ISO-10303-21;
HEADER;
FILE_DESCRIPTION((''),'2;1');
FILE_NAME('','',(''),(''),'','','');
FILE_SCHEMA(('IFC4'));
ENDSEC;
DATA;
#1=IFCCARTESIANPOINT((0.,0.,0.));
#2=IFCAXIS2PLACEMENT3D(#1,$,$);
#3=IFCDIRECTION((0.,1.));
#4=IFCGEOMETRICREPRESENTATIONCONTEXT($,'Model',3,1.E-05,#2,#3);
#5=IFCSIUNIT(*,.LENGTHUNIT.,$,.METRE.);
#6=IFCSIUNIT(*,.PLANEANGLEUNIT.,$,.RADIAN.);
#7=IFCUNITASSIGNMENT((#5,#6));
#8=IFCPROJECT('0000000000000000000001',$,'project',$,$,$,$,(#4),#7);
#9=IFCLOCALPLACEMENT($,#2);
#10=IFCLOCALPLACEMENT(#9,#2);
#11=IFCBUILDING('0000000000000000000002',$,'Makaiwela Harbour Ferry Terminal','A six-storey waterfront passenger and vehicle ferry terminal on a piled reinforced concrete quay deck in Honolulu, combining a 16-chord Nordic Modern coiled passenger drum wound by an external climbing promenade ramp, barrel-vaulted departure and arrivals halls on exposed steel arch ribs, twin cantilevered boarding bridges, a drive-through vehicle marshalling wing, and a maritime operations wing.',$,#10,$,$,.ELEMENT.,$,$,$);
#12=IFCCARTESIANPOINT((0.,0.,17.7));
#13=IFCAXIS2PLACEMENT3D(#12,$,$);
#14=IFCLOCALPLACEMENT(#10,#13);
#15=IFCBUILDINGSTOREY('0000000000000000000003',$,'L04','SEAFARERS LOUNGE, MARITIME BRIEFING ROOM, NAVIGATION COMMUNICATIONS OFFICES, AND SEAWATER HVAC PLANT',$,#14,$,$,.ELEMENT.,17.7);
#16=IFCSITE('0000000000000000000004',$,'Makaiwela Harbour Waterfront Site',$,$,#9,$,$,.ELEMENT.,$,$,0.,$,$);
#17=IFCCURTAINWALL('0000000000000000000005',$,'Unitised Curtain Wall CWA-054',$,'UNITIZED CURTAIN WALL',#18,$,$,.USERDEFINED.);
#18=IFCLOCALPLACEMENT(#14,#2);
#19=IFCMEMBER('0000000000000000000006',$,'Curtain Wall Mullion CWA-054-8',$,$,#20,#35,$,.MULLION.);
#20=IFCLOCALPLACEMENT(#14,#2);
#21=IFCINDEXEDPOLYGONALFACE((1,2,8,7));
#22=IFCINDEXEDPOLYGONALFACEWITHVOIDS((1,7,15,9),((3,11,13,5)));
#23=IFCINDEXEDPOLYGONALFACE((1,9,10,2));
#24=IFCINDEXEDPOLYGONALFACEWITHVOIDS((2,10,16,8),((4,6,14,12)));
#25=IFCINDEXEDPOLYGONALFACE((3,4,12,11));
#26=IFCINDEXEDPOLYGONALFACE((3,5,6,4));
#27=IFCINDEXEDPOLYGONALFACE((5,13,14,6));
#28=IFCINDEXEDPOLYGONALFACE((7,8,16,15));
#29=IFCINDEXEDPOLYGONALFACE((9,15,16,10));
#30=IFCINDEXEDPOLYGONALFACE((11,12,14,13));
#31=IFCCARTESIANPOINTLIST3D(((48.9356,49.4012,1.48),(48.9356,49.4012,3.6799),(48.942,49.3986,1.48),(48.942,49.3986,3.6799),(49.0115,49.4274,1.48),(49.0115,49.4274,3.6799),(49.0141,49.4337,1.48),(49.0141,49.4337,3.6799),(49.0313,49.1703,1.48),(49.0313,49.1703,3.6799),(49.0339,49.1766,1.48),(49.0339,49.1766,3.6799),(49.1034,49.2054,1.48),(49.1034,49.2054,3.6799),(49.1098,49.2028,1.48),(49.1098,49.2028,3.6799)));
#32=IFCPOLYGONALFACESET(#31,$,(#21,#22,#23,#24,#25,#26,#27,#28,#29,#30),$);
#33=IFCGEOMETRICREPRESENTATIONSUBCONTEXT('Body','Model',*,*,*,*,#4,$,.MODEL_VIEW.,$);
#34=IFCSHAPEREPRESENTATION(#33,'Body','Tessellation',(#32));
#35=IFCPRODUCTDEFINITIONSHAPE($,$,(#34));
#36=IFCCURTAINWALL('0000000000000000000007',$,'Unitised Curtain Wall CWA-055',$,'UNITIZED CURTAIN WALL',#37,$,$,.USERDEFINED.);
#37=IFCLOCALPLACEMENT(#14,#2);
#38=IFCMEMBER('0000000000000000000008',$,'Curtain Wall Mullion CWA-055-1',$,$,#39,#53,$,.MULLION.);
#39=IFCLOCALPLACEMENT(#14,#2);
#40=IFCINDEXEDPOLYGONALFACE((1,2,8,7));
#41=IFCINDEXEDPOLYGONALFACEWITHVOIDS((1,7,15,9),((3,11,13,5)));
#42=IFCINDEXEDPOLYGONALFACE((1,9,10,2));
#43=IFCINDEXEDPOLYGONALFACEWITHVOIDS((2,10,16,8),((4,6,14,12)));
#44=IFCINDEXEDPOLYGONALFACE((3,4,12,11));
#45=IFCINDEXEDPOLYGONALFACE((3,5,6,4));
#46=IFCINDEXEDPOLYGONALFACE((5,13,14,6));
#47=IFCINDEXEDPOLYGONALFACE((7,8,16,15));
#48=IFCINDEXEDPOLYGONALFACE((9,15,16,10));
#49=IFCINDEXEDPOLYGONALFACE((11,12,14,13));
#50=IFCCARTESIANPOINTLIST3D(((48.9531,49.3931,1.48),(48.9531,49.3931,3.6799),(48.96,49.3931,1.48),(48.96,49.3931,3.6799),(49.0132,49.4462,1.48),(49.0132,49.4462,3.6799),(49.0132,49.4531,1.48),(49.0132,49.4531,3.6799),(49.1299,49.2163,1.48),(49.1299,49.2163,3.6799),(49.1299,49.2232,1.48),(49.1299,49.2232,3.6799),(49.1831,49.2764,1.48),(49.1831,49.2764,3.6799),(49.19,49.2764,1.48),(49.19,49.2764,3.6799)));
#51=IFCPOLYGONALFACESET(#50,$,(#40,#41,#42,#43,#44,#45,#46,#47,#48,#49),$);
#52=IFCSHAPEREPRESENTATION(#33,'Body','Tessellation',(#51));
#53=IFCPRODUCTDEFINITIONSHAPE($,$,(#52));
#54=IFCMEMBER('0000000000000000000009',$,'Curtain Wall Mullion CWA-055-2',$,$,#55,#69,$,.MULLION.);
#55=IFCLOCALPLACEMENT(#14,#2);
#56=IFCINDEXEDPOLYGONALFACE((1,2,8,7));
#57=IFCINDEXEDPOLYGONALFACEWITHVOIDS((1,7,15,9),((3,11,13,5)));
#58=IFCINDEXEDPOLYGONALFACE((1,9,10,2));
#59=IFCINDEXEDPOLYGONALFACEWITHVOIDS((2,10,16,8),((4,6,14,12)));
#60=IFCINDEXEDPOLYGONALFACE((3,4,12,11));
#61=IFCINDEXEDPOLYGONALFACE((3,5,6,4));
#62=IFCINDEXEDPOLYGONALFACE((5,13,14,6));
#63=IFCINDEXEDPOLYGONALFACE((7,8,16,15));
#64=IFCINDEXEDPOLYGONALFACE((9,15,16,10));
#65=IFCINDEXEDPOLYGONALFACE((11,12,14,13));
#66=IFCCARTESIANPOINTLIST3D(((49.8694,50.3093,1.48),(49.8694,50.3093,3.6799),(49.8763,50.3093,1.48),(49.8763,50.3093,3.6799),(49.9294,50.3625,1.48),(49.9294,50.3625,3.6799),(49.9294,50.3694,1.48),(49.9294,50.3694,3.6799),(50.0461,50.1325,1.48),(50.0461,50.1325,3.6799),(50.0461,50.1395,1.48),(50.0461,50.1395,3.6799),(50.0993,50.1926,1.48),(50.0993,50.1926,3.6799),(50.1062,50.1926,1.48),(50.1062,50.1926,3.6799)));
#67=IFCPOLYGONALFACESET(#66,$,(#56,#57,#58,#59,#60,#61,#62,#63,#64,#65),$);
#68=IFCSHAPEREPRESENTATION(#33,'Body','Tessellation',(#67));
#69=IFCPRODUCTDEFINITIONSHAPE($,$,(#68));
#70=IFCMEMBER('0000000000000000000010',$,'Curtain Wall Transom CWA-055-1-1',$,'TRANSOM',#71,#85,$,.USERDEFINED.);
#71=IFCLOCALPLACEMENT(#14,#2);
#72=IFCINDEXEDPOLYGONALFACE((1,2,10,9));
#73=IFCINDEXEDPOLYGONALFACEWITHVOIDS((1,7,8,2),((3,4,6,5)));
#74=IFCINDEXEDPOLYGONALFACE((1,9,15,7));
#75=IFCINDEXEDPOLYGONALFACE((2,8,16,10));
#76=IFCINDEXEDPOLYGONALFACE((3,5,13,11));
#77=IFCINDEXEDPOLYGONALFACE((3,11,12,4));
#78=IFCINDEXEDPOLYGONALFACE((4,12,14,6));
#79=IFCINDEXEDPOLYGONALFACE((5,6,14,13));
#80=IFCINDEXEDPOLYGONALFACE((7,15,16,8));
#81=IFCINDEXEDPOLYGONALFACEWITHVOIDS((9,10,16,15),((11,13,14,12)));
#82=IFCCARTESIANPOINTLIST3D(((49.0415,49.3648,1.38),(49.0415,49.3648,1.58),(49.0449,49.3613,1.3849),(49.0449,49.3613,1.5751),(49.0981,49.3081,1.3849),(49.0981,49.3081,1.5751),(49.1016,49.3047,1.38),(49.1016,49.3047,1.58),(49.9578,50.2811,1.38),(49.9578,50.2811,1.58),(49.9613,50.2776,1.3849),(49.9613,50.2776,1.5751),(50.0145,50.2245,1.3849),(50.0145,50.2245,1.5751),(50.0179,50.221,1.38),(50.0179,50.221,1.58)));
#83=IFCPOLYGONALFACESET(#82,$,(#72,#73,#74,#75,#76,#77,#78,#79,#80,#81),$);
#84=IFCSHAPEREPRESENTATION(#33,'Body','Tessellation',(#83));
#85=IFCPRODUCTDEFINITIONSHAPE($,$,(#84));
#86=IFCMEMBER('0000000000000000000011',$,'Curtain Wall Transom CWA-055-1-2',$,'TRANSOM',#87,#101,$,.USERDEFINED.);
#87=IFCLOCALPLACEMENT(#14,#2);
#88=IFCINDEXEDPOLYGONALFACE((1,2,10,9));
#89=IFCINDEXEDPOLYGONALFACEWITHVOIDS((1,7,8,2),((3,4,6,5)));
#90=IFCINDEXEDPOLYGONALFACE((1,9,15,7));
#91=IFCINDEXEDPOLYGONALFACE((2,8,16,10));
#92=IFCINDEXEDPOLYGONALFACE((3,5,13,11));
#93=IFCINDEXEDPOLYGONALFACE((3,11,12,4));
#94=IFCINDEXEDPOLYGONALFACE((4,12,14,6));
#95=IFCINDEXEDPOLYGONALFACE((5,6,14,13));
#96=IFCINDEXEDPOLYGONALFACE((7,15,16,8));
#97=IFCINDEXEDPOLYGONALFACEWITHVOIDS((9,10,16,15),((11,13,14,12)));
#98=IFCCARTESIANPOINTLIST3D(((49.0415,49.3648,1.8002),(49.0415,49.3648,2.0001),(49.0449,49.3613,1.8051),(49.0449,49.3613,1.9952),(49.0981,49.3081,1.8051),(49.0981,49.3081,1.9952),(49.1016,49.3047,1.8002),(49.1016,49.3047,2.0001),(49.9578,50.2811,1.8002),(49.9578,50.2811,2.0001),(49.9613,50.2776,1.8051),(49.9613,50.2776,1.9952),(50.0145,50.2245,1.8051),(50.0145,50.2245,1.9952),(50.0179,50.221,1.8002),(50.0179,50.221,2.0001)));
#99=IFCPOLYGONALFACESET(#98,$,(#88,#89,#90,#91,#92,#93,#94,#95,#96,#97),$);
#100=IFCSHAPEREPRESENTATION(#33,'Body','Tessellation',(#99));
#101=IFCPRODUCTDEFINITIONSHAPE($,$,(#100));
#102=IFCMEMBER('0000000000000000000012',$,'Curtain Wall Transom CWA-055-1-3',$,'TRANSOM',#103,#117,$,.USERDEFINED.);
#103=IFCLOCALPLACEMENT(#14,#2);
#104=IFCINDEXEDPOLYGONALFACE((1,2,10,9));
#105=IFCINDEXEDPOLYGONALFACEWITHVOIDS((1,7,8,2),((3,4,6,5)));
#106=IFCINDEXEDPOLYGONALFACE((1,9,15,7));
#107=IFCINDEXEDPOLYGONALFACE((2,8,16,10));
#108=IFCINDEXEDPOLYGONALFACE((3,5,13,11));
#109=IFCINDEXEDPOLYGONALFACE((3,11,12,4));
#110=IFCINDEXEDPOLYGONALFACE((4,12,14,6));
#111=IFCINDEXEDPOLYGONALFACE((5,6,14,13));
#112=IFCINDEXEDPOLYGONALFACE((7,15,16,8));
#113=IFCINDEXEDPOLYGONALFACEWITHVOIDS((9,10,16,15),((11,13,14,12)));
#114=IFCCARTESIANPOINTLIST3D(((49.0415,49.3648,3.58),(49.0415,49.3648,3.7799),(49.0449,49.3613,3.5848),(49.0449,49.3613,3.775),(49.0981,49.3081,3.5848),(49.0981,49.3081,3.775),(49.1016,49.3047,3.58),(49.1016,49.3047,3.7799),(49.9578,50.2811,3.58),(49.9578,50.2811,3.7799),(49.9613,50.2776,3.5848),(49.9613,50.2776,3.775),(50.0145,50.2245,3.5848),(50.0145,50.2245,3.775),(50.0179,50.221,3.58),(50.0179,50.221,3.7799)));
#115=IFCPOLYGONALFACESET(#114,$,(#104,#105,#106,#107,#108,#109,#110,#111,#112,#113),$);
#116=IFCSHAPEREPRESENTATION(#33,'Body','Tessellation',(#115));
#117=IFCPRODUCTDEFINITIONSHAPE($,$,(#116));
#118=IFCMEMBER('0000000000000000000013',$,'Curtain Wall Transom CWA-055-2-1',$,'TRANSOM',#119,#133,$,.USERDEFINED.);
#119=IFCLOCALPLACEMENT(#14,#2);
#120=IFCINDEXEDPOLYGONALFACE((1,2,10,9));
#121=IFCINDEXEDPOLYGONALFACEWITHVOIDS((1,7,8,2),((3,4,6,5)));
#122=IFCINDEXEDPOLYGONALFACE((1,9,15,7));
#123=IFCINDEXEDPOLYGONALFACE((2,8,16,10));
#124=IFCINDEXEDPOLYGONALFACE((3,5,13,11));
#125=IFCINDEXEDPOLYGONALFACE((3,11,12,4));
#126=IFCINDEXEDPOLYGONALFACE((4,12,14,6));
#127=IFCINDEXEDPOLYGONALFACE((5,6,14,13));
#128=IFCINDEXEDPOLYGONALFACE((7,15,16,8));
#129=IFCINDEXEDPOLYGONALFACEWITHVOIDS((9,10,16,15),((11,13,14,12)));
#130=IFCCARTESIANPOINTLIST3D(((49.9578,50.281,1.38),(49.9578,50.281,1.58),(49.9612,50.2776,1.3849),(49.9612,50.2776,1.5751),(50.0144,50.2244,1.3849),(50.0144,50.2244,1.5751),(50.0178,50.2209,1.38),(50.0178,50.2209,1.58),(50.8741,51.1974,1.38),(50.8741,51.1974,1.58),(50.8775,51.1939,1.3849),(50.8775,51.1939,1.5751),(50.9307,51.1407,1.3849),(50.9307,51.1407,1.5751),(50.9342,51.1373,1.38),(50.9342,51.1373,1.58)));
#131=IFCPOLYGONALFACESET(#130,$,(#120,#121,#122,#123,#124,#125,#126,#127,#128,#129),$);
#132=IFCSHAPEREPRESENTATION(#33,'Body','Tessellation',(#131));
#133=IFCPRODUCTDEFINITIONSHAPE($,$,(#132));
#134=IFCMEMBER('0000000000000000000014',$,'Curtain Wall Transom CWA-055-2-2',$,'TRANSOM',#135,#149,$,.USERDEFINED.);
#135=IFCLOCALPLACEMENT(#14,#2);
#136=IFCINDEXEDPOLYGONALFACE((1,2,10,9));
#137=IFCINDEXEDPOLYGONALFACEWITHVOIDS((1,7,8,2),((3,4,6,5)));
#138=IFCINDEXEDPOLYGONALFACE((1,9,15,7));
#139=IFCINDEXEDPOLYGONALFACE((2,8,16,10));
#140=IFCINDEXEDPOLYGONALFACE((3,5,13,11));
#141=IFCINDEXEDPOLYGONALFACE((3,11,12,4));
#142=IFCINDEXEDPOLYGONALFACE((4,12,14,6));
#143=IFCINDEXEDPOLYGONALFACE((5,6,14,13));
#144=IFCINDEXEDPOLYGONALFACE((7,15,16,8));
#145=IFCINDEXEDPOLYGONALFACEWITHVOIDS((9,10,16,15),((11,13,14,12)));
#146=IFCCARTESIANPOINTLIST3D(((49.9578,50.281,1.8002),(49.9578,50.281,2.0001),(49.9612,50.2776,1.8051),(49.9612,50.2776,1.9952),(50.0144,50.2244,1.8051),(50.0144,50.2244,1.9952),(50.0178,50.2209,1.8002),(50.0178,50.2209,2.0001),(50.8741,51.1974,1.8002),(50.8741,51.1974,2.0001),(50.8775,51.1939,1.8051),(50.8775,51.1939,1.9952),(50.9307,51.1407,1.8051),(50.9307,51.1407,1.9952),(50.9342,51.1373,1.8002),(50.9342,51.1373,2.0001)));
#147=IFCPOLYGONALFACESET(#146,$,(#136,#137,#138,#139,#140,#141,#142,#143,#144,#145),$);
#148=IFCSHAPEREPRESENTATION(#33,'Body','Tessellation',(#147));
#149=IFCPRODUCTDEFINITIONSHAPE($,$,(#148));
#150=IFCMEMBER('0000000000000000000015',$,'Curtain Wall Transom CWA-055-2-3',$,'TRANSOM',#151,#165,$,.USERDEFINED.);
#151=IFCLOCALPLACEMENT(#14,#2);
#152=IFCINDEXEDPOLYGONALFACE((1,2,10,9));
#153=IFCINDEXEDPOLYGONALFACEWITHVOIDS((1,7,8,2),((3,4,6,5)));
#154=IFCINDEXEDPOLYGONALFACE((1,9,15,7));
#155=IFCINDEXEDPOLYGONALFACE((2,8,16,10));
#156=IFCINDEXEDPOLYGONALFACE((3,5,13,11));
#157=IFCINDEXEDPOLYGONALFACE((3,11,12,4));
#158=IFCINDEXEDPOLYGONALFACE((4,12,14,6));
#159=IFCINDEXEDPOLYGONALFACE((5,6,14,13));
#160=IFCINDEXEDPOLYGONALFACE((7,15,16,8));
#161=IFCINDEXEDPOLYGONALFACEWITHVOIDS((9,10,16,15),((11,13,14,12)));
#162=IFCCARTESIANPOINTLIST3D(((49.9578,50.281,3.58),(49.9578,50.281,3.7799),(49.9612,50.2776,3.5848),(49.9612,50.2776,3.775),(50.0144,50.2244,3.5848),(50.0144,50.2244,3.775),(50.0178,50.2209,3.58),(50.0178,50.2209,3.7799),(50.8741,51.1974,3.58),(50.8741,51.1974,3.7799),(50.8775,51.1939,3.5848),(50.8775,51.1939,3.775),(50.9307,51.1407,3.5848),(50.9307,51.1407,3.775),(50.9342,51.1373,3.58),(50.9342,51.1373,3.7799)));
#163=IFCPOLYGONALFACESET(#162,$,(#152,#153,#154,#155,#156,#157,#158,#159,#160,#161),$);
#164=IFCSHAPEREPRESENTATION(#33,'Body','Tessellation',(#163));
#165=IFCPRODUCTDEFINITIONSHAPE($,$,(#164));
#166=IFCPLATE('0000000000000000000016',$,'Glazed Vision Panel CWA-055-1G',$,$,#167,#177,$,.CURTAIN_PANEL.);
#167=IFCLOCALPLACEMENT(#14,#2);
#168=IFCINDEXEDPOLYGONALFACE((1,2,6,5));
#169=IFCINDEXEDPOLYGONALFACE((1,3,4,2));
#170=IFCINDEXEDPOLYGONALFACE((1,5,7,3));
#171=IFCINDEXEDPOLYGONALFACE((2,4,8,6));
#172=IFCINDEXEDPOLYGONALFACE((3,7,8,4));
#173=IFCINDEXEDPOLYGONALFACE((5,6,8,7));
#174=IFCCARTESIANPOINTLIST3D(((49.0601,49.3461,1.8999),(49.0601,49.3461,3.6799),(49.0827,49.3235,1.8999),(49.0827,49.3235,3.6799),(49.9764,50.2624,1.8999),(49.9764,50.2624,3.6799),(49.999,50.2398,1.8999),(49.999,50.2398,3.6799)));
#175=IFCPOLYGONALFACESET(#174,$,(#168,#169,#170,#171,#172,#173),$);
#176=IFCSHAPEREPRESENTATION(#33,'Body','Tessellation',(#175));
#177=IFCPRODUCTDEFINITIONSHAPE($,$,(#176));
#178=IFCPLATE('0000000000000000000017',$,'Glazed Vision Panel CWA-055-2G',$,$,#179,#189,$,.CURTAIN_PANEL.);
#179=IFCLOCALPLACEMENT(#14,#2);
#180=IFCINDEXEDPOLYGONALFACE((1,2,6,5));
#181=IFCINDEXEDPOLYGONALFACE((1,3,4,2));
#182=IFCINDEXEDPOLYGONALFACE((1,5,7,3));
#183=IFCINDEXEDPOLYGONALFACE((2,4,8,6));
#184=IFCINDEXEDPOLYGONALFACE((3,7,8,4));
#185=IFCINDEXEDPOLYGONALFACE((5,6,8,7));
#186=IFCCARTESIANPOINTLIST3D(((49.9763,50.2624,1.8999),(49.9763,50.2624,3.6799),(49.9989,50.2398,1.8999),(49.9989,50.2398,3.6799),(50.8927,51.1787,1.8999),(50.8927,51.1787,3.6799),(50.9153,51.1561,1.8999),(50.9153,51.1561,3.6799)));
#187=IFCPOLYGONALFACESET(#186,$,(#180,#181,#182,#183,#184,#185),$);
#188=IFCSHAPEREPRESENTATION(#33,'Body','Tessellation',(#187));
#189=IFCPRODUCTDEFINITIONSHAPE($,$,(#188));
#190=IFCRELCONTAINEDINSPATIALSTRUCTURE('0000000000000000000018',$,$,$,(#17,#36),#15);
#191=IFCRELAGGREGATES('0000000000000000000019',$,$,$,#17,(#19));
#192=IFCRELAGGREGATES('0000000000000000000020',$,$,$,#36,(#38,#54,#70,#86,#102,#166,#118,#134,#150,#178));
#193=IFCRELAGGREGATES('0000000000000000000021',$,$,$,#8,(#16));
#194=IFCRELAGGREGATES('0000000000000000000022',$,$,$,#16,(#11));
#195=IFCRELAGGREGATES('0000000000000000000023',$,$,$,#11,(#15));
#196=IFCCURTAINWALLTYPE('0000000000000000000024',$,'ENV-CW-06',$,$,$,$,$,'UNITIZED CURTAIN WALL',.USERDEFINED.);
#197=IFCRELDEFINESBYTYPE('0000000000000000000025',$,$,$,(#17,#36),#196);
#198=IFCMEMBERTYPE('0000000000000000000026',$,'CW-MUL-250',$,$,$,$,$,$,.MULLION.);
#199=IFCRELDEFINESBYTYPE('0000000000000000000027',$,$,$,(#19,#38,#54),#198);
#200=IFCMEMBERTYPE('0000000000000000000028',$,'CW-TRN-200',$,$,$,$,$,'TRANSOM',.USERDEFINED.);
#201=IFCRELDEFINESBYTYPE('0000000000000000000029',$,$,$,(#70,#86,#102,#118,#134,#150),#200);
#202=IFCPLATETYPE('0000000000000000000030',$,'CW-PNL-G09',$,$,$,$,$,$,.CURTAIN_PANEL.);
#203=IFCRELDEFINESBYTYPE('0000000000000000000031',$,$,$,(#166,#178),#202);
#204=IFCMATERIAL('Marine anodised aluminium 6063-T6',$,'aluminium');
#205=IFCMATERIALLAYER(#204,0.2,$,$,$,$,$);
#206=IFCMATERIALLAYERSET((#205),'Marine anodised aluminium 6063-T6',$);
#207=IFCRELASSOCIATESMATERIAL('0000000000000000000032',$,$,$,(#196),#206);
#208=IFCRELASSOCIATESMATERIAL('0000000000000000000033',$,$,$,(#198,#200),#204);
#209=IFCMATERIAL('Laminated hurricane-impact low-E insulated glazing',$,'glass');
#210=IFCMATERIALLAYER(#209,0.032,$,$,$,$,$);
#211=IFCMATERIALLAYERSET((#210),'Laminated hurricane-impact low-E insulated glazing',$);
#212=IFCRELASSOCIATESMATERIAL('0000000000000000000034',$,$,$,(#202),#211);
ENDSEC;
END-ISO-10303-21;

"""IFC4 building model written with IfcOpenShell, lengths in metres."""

from ifc_helpers import new_model, si_unit, direction, frame, origin, origin_2d, place, context, subcontext, project, spatial, rectangle, hollow_rectangle, extrude, material, layer, layer_set, material_profile, profile_set, type_object, element, aggregate, save


model = new_model("IFC4")

# Units and contexts
model_context = context("Model", 3, precision=1e-05, world=origin(), true_north=direction((0.0, 1.0)))
body_context = subcontext(model_context, "Body", "Model", "MODEL_VIEW")
ifc_project = project(units=[si_unit("LENGTHUNIT", "METRE"), si_unit("PLANEANGLEUNIT", "RADIAN")], contexts=[model_context])

# Site, building, storey
site_placement = place(None, origin())
site = spatial("IfcSite", under=ifc_project, at=site_placement, Name="Makaiwela Harbour Waterfront Site", CompositionType="ELEMENT", RefElevation=0.0)
building_placement = place(site_placement, origin())
building = spatial("IfcBuilding", under=site, at=building_placement, Name="Makaiwela Harbour Ferry Terminal", Description="A six-storey waterfront passenger and vehicle ferry terminal on a piled reinforced concrete quay deck in Honolulu, combining a 16-chord Nordic Modern coiled passenger drum wound by an external climbing promenade ramp, barrel-vaulted departure and arrivals halls on exposed steel arch ribs, twin cantilevered boarding bridges, a drive-through vehicle marshalling wing, and a maritime operations wing.", CompositionType="ELEMENT")
storey_placement = place(building_placement, frame((0.0, 0.0, 17.7)))
storey = spatial("IfcBuildingStorey", under=building, at=storey_placement, Name="L04", Description="SEAFARERS LOUNGE, MARITIME BRIEFING ROOM, NAVIGATION COMMUNICATIONS OFFICES, AND SEAWATER HVAC PLANT", CompositionType="ELEMENT", Elevation=17.7)

# Curtain wall, member
ifc_material_1 = material(Name="Marine anodised aluminium 6063-T6", Category="aluminium")
ifc_layer_1 = layer(ifc_material_1, 0.2)
ifc_layer_set_1 = layer_set([ifc_layer_1], Name="Marine anodised aluminium 6063-T6")
curtain_wall_type = type_object("IfcCurtainWallType", Name="ENV-CW-06", ElementType="UNITIZED CURTAIN WALL", PredefinedType="USERDEFINED", material=ifc_layer_set_1)
curtain_wall_1_placement = place(storey_placement, origin())
curtain_wall_1 = element("IfcCurtainWall", 1, at=curtain_wall_1_placement, inside=storey, type_object=curtain_wall_type, Name="Unitised Curtain Wall CWA-054", ObjectType="UNITIZED CURTAIN WALL", PredefinedType="USERDEFINED")
ifc_material_profile_1 = material_profile(ifc_material_1, hollow_rectangle(XDim=0.085, YDim=0.25, WallThickness=0.0049, at=origin_2d()), Name="CWM-250X85")
ifc_profile_set_1 = profile_set([ifc_material_profile_1], Name="Marine anodised aluminium 6063-T6")
member_type_1 = type_object("IfcMemberType", Name="CW-MUL-250", PredefinedType="MULLION", material=ifc_profile_set_1)
member_1_placement = place(storey_placement, frame((49.0227, 49.302, 1.48), z_axis=(0.0, 0.0, 1.0), x_axis=(0.92388, 0.382683, 0.0)))
member_1 = element("IfcMember", 2, at=member_1_placement, type_object=member_type_1, Name="Curtain Wall Mullion CWA-054-8", PredefinedType="MULLION", context=body_context, shape_type="SweptSolid", body=[
    extrude(hollow_rectangle(XDim=0.085, YDim=0.25, WallThickness=0.0049, at=origin_2d()), origin(), (0.0, 0.0, 1.0), 2.2),
])
aggregate(curtain_wall_1, [member_1])

# Curtain wall, members, plates
curtain_wall_2_placement = place(storey_placement, origin())
curtain_wall_2 = element("IfcCurtainWall", 3, at=curtain_wall_2_placement, inside=storey, type_object=curtain_wall_type, Name="Unitised Curtain Wall CWA-055", ObjectType="UNITIZED CURTAIN WALL", PredefinedType="USERDEFINED")
member_2_placement = place(storey_placement, frame((49.0715, 49.3347, 1.48), z_axis=(0.0, 0.0, 1.0), x_axis=(0.707107, 0.707107, 0.0)))
member_2 = element("IfcMember", 4, at=member_2_placement, type_object=member_type_1, Name="Curtain Wall Mullion CWA-055-1", PredefinedType="MULLION", context=body_context, shape_type="SweptSolid", body=[
    extrude(hollow_rectangle(XDim=0.085, YDim=0.25, WallThickness=0.0049, at=origin_2d()), origin(), (0.0, 0.0, 1.0), 2.2),
])
member_3_placement = place(storey_placement, frame((49.9878, 50.251, 1.48), z_axis=(0.0, 0.0, 1.0), x_axis=(0.707107, 0.707107, 0.0)))
member_3 = element("IfcMember", 5, at=member_3_placement, type_object=member_type_1, Name="Curtain Wall Mullion CWA-055-2", PredefinedType="MULLION", context=body_context, shape_type="SweptSolid", body=[
    extrude(hollow_rectangle(XDim=0.085, YDim=0.25, WallThickness=0.0049, at=origin_2d()), origin(), (0.0, 0.0, 1.0), 2.2),
])
ifc_material_profile_2 = material_profile(ifc_material_1, hollow_rectangle(XDim=0.085, YDim=0.2, WallThickness=0.0049, at=origin_2d()), Name="CWT-200X85")
ifc_profile_set_2 = profile_set([ifc_material_profile_2], Name="Marine anodised aluminium 6063-T6")
member_type_2 = type_object("IfcMemberType", Name="CW-TRN-200", ElementType="TRANSOM", PredefinedType="USERDEFINED", material=ifc_profile_set_2)
member_4_placement = place(storey_placement, frame((49.0715, 49.3347, 1.48), z_axis=(0.707107, 0.707107, 0.0), x_axis=(-0.707107, 0.707107, 0.0)))
member_4 = element("IfcMember", 6, at=member_4_placement, type_object=member_type_2, Name="Curtain Wall Transom CWA-055-1-1", ObjectType="TRANSOM", PredefinedType="USERDEFINED", context=body_context, shape_type="SweptSolid", body=[
    extrude(hollow_rectangle(XDim=0.085, YDim=0.2, WallThickness=0.0049, at=origin_2d()), origin(), (0.0, 0.0, 1.0), 1.2959),
])
member_5_placement = place(storey_placement, frame((49.0715, 49.3347, 1.9001), z_axis=(0.707107, 0.707107, 0.0), x_axis=(-0.707107, 0.707107, 0.0)))
member_5 = element("IfcMember", 7, at=member_5_placement, type_object=member_type_2, Name="Curtain Wall Transom CWA-055-1-2", ObjectType="TRANSOM", PredefinedType="USERDEFINED", context=body_context, shape_type="SweptSolid", body=[
    extrude(hollow_rectangle(XDim=0.085, YDim=0.2, WallThickness=0.0049, at=origin_2d()), origin(), (0.0, 0.0, 1.0), 1.2959),
])
member_6_placement = place(storey_placement, frame((49.0715, 49.3347, 3.6799), z_axis=(0.707107, 0.707107, 0.0), x_axis=(-0.707107, 0.707107, 0.0)))
member_6 = element("IfcMember", 8, at=member_6_placement, type_object=member_type_2, Name="Curtain Wall Transom CWA-055-1-3", ObjectType="TRANSOM", PredefinedType="USERDEFINED", context=body_context, shape_type="SweptSolid", body=[
    extrude(hollow_rectangle(XDim=0.085, YDim=0.2, WallThickness=0.0049, at=origin_2d()), origin(), (0.0, 0.0, 1.0), 1.2959),
])
member_7_placement = place(storey_placement, frame((49.9878, 50.251, 1.48), z_axis=(0.707107, 0.707107, 0.0), x_axis=(-0.707107, 0.707107, 0.0)))
member_7 = element("IfcMember", 9, at=member_7_placement, type_object=member_type_2, Name="Curtain Wall Transom CWA-055-2-1", ObjectType="TRANSOM", PredefinedType="USERDEFINED", context=body_context, shape_type="SweptSolid", body=[
    extrude(hollow_rectangle(XDim=0.085, YDim=0.2, WallThickness=0.0049, at=origin_2d()), origin(), (0.0, 0.0, 1.0), 1.2959),
])
member_8_placement = place(storey_placement, frame((49.9878, 50.251, 1.9001), z_axis=(0.707107, 0.707107, 0.0), x_axis=(-0.707107, 0.707107, 0.0)))
member_8 = element("IfcMember", 10, at=member_8_placement, type_object=member_type_2, Name="Curtain Wall Transom CWA-055-2-2", ObjectType="TRANSOM", PredefinedType="USERDEFINED", context=body_context, shape_type="SweptSolid", body=[
    extrude(hollow_rectangle(XDim=0.085, YDim=0.2, WallThickness=0.0049, at=origin_2d()), origin(), (0.0, 0.0, 1.0), 1.2959),
])
member_9_placement = place(storey_placement, frame((49.9878, 50.251, 3.6799), z_axis=(0.707107, 0.707107, 0.0), x_axis=(-0.707107, 0.707107, 0.0)))
member_9 = element("IfcMember", 11, at=member_9_placement, type_object=member_type_2, Name="Curtain Wall Transom CWA-055-2-3", ObjectType="TRANSOM", PredefinedType="USERDEFINED", context=body_context, shape_type="SweptSolid", body=[
    extrude(hollow_rectangle(XDim=0.085, YDim=0.2, WallThickness=0.0049, at=origin_2d()), origin(), (0.0, 0.0, 1.0), 1.2959),
])
ifc_material_2 = material(Name="Laminated hurricane-impact low-E insulated glazing", Category="glass")
ifc_layer_2 = layer(ifc_material_2, 0.032)
ifc_layer_set_2 = layer_set([ifc_layer_2], Name="Laminated hurricane-impact low-E insulated glazing")
plate_type_1 = type_object("IfcPlateType", Name="CW-PNL-G09", PredefinedType="CURTAIN_PANEL", material=ifc_layer_set_2)
plate_1_placement = place(storey_placement, frame((49.5295, 49.793, 1.8999), z_axis=(0.0, 0.0, 1.0), x_axis=(0.707107, 0.707107, 0.0)))
plate_1 = element("IfcPlate", 12, at=plate_1_placement, type_object=plate_type_1, Name="Glazed Vision Panel CWA-055-1G", PredefinedType="CURTAIN_PANEL", context=body_context, shape_type="SweptSolid", body=[
    extrude(rectangle(XDim=1.2959, YDim=0.032, at=origin_2d()), origin(), (0.0, 0.0, 1.0), 1.78),
])
plate_2_placement = place(storey_placement, frame((50.4458, 50.7092, 1.8999), z_axis=(0.0, 0.0, 1.0), x_axis=(0.707107, 0.707107, 0.0)))
plate_2 = element("IfcPlate", 13, at=plate_2_placement, type_object=plate_type_1, Name="Glazed Vision Panel CWA-055-2G", PredefinedType="CURTAIN_PANEL", context=body_context, shape_type="SweptSolid", body=[
    extrude(rectangle(XDim=1.2959, YDim=0.032, at=origin_2d()), origin(), (0.0, 0.0, 1.0), 1.78),
])
aggregate(curtain_wall_2, [member_2, member_3, member_4, member_5, member_6, plate_1, member_7, member_8, member_9, plate_2])

save(model, "model.ifc")
